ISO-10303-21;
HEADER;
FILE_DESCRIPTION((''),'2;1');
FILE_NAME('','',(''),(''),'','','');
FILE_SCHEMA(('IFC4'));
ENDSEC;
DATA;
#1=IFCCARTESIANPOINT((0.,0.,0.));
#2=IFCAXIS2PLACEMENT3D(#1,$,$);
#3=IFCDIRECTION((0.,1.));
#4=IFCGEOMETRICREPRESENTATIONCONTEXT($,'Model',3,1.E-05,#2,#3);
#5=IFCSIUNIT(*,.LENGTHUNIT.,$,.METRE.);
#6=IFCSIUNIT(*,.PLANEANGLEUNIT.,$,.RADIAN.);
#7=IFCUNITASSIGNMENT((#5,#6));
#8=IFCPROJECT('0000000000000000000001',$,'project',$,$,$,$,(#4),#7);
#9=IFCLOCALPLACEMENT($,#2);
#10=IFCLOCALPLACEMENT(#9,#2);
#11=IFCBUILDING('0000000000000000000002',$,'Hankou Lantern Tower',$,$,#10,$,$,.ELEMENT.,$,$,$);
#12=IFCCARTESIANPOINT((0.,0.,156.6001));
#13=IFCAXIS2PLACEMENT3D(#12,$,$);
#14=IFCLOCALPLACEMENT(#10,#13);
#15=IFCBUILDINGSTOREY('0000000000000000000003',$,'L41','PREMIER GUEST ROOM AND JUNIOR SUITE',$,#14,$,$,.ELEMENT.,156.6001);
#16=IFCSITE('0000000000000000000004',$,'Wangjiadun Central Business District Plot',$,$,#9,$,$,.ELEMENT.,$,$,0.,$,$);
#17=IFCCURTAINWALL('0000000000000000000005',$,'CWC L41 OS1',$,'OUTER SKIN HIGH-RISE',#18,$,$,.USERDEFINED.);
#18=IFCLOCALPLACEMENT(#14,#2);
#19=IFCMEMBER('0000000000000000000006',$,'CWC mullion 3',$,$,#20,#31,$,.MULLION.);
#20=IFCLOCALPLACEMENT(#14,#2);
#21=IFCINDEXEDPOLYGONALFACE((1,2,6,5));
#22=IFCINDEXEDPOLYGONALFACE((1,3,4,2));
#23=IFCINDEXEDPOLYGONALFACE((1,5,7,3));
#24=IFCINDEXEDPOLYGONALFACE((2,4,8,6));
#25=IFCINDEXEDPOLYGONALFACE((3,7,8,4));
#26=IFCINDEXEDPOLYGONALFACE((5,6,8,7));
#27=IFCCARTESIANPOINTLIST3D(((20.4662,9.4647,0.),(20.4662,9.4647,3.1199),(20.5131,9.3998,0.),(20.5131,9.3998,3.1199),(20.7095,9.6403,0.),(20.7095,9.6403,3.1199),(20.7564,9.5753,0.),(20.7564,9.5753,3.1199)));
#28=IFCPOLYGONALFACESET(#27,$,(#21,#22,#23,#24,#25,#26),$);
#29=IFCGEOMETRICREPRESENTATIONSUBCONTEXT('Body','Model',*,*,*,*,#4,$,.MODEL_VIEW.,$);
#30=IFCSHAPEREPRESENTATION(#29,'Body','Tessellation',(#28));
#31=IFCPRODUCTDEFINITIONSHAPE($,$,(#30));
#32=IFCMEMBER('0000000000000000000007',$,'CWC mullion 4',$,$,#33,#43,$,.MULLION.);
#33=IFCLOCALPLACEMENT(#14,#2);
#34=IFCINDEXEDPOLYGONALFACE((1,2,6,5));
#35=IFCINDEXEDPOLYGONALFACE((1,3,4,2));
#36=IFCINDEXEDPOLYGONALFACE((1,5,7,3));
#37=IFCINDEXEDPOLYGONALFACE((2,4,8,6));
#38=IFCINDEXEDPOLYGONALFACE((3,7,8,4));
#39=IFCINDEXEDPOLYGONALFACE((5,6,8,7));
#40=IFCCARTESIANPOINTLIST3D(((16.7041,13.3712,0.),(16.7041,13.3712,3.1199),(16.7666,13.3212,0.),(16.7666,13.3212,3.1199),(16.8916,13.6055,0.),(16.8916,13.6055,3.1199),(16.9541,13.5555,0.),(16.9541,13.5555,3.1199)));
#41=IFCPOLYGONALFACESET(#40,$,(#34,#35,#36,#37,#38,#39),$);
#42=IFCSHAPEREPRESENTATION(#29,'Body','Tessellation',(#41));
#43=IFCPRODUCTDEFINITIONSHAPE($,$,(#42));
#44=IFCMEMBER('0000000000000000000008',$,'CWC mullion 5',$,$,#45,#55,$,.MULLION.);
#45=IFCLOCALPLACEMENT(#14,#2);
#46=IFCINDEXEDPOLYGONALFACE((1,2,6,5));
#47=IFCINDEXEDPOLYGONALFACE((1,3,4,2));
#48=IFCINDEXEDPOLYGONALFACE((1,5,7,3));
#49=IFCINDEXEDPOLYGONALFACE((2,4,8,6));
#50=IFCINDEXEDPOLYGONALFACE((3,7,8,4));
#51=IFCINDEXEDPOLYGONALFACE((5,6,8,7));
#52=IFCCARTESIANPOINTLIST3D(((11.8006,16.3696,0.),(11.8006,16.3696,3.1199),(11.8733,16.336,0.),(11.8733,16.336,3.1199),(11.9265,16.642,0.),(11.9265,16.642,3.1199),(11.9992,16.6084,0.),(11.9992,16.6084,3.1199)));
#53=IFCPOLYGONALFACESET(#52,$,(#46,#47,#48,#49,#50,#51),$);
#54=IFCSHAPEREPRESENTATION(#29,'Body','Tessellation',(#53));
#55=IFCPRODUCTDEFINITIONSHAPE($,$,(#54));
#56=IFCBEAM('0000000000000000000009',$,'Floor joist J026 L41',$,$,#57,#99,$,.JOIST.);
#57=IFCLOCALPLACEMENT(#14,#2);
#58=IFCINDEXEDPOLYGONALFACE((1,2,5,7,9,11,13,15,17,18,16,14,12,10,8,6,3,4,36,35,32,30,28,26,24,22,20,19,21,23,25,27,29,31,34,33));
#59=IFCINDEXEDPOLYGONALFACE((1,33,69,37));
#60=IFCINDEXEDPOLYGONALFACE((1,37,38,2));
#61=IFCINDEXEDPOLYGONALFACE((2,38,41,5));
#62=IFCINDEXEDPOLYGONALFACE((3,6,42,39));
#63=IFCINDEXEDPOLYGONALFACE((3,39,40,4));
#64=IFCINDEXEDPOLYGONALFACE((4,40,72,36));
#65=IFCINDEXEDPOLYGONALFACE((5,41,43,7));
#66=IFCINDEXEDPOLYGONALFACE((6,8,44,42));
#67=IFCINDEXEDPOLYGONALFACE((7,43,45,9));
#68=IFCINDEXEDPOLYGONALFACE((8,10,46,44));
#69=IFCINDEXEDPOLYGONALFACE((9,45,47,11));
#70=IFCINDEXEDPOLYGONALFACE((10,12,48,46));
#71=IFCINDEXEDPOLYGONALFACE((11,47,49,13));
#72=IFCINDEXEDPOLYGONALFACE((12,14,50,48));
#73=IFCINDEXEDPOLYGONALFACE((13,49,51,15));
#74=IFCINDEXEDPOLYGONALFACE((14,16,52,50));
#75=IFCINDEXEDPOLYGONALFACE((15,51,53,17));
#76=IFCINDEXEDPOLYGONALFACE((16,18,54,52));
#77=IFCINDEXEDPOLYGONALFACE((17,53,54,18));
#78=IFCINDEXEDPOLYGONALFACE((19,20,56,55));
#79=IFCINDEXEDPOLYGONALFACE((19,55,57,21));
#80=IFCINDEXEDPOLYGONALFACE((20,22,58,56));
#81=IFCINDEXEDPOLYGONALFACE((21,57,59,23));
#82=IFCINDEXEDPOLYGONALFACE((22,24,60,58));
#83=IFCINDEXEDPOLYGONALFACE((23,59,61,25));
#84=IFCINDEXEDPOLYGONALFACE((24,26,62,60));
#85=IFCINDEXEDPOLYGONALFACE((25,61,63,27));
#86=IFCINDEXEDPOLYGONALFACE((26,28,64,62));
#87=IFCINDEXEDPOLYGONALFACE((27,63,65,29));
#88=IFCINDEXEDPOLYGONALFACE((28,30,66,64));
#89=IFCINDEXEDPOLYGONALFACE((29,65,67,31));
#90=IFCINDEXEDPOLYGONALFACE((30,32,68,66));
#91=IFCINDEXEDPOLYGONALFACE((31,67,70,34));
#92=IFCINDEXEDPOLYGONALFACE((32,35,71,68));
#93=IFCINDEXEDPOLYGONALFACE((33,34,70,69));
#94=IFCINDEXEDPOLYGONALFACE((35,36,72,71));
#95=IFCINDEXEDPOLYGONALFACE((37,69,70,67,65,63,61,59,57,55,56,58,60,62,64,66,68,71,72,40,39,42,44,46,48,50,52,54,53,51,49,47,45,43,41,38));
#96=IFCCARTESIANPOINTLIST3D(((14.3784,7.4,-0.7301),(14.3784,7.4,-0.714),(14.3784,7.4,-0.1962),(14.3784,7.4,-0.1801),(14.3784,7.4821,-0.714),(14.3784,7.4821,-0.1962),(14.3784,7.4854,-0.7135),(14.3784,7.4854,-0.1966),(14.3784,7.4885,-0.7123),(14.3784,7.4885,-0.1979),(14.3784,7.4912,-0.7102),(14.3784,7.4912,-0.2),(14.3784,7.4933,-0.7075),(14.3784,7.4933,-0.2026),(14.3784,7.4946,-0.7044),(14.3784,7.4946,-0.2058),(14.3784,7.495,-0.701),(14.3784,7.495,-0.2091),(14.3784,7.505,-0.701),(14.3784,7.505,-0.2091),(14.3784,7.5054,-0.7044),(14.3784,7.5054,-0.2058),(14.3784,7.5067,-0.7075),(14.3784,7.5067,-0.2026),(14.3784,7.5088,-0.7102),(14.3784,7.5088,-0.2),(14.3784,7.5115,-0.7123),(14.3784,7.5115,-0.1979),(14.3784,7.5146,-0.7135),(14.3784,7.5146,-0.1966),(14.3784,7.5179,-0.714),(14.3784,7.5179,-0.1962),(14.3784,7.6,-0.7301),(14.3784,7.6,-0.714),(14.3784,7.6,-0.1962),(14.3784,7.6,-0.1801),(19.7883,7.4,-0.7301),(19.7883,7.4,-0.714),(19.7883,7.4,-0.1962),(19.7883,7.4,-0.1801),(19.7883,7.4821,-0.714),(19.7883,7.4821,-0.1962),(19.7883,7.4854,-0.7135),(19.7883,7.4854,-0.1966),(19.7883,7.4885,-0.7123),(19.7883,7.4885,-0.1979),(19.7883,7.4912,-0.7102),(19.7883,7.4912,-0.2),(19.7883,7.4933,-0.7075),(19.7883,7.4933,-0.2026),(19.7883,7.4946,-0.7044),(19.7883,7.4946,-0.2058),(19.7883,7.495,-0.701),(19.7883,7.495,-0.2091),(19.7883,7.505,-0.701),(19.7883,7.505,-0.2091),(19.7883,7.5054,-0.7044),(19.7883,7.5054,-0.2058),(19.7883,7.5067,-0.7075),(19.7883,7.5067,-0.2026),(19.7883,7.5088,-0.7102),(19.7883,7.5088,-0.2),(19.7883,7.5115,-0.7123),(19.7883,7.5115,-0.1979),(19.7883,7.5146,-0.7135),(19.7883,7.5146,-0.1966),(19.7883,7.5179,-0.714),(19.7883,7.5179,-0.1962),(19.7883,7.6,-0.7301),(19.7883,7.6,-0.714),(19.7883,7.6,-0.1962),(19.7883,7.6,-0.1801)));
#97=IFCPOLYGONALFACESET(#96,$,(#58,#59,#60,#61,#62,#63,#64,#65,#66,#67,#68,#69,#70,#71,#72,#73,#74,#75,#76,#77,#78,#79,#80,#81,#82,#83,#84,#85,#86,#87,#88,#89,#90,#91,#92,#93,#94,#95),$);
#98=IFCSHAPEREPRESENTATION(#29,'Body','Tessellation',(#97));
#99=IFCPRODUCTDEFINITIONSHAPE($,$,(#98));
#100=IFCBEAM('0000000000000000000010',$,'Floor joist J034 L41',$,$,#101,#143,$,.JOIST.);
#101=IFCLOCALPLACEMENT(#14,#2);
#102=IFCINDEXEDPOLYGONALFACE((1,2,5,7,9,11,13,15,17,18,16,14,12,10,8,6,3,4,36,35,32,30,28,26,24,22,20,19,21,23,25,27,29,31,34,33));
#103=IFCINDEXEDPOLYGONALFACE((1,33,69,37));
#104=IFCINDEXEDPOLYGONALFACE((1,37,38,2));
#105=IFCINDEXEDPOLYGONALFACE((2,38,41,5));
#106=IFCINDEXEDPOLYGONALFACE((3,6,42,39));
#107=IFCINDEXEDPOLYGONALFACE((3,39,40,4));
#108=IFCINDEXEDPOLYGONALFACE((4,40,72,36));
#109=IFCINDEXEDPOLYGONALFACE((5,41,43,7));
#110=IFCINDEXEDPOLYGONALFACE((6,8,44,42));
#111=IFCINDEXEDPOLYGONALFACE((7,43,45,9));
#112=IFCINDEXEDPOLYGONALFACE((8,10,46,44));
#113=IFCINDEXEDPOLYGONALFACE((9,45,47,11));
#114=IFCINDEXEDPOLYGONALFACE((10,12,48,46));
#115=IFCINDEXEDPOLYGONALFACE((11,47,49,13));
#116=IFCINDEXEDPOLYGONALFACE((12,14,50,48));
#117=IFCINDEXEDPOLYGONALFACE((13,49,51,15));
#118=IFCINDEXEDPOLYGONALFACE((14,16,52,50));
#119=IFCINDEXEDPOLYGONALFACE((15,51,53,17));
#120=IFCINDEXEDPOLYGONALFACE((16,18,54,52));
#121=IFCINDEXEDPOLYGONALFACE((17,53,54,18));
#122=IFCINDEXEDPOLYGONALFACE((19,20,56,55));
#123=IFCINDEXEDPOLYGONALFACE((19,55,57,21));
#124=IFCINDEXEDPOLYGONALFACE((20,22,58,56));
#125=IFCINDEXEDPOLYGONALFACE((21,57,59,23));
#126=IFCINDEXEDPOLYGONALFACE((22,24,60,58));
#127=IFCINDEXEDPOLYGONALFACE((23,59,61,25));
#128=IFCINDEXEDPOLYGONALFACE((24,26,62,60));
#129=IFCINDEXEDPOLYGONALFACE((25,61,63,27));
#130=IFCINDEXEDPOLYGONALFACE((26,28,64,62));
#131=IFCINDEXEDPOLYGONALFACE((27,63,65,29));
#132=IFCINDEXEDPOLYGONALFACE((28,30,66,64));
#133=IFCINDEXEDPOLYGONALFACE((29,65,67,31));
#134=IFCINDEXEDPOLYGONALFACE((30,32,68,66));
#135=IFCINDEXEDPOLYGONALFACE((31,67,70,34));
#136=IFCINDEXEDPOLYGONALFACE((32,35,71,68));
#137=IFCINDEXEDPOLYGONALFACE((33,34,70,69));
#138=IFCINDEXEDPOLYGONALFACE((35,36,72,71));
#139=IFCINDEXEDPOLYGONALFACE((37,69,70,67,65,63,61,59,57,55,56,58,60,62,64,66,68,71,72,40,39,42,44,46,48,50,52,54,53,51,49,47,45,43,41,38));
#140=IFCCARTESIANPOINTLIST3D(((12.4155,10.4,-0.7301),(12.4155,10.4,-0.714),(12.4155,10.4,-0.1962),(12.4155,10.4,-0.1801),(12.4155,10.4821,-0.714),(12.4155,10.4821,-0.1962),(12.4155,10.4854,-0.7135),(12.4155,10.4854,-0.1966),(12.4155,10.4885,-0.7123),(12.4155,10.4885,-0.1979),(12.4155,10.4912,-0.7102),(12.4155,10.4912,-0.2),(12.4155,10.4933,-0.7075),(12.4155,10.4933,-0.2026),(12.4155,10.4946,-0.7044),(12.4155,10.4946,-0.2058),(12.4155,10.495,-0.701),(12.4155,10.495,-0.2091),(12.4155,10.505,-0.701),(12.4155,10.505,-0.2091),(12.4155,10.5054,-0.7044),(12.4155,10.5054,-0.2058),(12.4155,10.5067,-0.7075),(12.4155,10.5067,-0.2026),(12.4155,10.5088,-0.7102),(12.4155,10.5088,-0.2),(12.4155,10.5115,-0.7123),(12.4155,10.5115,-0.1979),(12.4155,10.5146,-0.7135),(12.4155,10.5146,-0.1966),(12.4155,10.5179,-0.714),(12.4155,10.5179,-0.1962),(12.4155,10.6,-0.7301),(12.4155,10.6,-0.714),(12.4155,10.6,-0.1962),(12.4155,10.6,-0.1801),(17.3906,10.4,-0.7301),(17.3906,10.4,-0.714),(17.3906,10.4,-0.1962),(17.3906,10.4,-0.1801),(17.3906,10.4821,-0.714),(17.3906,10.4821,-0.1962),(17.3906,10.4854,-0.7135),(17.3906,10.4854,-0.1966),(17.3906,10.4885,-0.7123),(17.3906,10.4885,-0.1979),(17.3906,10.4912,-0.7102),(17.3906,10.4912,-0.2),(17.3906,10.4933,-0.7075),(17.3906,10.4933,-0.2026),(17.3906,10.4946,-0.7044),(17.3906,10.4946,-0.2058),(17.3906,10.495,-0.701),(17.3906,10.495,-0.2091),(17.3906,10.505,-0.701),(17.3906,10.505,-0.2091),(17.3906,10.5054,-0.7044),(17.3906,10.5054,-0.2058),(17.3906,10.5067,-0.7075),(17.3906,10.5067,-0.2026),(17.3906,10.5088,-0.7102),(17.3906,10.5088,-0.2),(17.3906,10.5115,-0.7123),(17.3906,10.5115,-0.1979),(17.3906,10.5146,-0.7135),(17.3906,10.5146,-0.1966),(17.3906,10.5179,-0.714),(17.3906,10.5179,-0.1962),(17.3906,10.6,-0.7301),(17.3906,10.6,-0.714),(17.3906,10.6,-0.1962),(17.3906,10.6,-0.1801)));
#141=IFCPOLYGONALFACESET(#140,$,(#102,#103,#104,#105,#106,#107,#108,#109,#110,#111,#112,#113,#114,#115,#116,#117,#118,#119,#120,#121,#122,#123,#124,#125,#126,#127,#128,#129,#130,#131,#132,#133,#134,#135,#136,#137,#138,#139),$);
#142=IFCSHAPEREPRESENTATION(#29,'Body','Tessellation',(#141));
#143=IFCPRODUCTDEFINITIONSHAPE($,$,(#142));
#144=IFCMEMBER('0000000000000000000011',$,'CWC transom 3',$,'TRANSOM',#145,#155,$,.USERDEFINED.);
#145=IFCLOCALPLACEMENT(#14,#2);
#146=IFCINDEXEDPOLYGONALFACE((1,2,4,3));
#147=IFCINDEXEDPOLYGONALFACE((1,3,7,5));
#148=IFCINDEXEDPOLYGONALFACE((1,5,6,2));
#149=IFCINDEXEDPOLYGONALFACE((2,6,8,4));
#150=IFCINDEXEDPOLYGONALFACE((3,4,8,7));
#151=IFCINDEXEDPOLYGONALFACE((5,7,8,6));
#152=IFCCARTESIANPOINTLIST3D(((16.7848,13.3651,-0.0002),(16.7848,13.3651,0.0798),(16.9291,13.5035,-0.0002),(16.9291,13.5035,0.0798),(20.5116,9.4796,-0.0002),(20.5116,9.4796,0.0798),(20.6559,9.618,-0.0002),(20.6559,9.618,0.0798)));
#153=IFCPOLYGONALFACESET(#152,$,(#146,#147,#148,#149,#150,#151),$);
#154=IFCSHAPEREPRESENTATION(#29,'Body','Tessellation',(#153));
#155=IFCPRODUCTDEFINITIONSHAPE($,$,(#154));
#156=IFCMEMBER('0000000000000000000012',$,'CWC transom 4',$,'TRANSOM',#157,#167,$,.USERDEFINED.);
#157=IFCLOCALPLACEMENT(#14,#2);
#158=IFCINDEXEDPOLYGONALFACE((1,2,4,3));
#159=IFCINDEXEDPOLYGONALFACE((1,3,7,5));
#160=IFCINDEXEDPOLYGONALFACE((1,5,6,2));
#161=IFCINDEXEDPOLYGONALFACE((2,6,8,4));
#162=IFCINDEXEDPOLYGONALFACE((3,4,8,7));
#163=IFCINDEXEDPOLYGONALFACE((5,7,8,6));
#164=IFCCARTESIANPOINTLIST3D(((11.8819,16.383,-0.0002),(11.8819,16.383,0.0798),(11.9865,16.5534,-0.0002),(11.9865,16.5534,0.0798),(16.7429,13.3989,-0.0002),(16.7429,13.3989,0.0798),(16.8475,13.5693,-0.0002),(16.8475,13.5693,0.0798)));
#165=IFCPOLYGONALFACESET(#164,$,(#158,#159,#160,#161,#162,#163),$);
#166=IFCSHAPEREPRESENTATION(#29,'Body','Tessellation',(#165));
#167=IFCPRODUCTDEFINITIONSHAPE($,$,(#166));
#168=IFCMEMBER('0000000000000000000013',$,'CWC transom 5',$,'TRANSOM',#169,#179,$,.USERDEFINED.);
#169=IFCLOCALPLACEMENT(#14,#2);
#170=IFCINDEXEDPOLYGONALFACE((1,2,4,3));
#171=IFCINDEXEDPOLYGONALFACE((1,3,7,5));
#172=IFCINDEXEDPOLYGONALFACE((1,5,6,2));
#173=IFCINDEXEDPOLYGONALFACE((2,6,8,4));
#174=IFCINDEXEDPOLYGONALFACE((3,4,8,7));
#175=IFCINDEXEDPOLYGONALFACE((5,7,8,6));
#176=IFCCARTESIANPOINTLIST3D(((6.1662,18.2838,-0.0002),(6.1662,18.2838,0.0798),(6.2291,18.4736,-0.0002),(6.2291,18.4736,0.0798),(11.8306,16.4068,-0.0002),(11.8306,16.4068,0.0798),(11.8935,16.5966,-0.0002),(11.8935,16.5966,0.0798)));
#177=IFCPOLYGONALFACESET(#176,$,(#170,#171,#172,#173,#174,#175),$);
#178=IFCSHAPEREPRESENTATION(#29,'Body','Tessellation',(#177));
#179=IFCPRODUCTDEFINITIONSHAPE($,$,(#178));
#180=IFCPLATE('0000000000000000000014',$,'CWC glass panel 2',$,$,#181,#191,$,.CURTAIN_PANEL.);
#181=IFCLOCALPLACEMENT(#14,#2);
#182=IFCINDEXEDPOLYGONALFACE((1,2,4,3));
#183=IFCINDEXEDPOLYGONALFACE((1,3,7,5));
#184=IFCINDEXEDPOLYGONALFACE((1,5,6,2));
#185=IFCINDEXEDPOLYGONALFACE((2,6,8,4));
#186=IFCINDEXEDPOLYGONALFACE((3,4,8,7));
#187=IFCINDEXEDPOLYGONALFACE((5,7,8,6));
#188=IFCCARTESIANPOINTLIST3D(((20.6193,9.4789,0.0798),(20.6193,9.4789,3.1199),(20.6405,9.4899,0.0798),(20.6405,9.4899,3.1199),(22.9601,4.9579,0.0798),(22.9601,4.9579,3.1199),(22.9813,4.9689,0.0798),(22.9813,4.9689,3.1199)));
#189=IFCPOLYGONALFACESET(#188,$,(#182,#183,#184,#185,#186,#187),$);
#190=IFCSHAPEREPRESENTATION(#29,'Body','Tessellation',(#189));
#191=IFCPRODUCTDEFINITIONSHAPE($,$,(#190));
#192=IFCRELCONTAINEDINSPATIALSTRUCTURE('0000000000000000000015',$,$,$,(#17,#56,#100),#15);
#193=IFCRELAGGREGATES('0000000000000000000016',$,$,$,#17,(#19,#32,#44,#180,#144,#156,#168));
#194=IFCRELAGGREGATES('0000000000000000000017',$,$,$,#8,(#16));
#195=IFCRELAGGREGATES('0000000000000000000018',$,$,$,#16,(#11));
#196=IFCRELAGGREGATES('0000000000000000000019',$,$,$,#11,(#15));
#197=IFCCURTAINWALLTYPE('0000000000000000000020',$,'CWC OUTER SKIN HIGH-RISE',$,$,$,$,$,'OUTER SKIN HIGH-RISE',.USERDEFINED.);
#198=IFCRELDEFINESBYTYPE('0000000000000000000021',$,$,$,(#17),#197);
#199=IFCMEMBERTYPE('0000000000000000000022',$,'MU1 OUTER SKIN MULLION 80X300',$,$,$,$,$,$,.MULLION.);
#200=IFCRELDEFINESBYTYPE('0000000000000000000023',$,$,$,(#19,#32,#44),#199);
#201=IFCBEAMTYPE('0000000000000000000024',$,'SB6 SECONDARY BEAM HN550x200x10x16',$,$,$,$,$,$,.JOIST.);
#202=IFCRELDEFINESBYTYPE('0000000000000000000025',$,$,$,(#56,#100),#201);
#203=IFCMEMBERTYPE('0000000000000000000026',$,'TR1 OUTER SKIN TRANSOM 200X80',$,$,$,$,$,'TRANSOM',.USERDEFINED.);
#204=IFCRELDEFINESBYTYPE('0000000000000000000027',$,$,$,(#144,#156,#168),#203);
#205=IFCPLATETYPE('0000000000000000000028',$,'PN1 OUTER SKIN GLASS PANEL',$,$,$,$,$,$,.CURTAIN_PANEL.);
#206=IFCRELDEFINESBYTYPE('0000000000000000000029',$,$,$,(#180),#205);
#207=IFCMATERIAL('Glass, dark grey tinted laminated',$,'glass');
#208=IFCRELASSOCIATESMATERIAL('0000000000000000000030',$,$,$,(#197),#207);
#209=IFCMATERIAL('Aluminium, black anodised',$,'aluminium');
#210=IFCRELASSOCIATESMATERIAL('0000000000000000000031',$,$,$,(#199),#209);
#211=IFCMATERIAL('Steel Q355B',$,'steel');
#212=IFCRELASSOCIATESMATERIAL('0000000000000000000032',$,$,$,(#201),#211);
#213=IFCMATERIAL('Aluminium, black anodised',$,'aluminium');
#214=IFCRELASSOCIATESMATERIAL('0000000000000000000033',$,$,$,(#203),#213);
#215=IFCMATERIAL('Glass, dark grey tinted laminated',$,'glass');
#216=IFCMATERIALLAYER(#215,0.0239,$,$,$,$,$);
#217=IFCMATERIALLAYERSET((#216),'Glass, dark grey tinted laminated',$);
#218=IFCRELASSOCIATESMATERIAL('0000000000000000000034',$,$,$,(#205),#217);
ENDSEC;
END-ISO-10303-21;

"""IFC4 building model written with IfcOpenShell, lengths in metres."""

from ifc_helpers import new_model, si_unit, direction, frame, origin, origin_2d, place, context, subcontext, project, spatial, rectangle, i_section, extrude, material, layer, layer_set, material_profile, profile_set, type_object, element, aggregate, save


model = new_model("IFC4")

# Units and contexts
model_context = context("Model", 3, precision=1e-05, world=origin(), true_north=direction((0.0, 1.0)))
body_context = subcontext(model_context, "Body", "Model", "MODEL_VIEW")
ifc_project = project(units=[si_unit("LENGTHUNIT", "METRE"), si_unit("PLANEANGLEUNIT", "RADIAN")], contexts=[model_context])

# Site, building, storey
site_placement = place(None, origin())
site = spatial("IfcSite", under=ifc_project, at=site_placement, Name="Wangjiadun Central Business District Plot", CompositionType="ELEMENT", RefElevation=0.0)
building_placement = place(site_placement, origin())
building = spatial("IfcBuilding", under=site, at=building_placement, Name="Hankou Lantern Tower", CompositionType="ELEMENT")
storey_placement = place(building_placement, frame((0.0, 0.0, 156.6001)))
storey = spatial("IfcBuildingStorey", under=building, at=storey_placement, Name="L41", Description="PREMIER GUEST ROOM AND JUNIOR SUITE", CompositionType="ELEMENT", Elevation=156.6001)

# Curtain wall, members
ifc_material_1 = material(Name="Glass, dark grey tinted laminated", Category="glass")
curtain_wall_type = type_object("IfcCurtainWallType", Name="CWC OUTER SKIN HIGH-RISE", ElementType="OUTER SKIN HIGH-RISE", PredefinedType="USERDEFINED", material=ifc_material_1)
curtain_wall_placement = place(storey_placement, origin())
curtain_wall = element("IfcCurtainWall", 1, at=curtain_wall_placement, inside=storey, type_object=curtain_wall_type, Name="CWC L41 OS1", ObjectType="OUTER SKIN HIGH-RISE", PredefinedType="USERDEFINED")
ifc_material_2 = material(Name="Aluminium, black anodised", Category="aluminium")
ifc_material_profile_1 = material_profile(ifc_material_2, rectangle(XDim=0.0801, YDim=0.3, at=origin_2d()), Name="MU1 80X300")
ifc_profile_set_1 = profile_set([ifc_material_profile_1], Name="Aluminium, black anodised")
member_type_1 = type_object("IfcMemberType", Name="MU1 OUTER SKIN MULLION 80X300", PredefinedType="MULLION", material=ifc_profile_set_1)
member_1_placement = place(storey_placement, frame((20.6113, 9.52, 0.0), z_axis=(0.0, 0.0, 1.0), x_axis=(-0.585206, 0.810885, 0.0)))
member_1 = element("IfcMember", 2, at=member_1_placement, type_object=member_type_1, Name="CWC mullion 3", PredefinedType="MULLION", context=body_context, shape_type="SweptSolid", body=[
    extrude(rectangle(XDim=0.0801, YDim=0.3, at=origin_2d()), origin(), (0.0, 0.0, 1.0), 3.1199),
])
member_2_placement = place(storey_placement, frame((16.8291, 13.4634, 0.0), z_axis=(0.0, 0.0, 1.0), x_axis=(-0.780869, 0.624695, 0.0)))
member_2 = element("IfcMember", 3, at=member_2_placement, type_object=member_type_1, Name="CWC mullion 4", PredefinedType="MULLION", context=body_context, shape_type="SweptSolid", body=[
    extrude(rectangle(XDim=0.0801, YDim=0.3, at=origin_2d()), origin(), (0.0, 0.0, 1.0), 3.1199),
])
member_3_placement = place(storey_placement, frame((11.8999, 16.489, 0.0), z_axis=(0.0, 0.0, 1.0), x_axis=(-0.907841, 0.419314, 0.0)))
member_3 = element("IfcMember", 4, at=member_3_placement, type_object=member_type_1, Name="CWC mullion 5", PredefinedType="MULLION", context=body_context, shape_type="SweptSolid", body=[
    extrude(rectangle(XDim=0.0801, YDim=0.3, at=origin_2d()), origin(), (0.0, 0.0, 1.0), 3.1199),
])

# Beams
ifc_material_3 = material(Name="Steel Q355B", Category="steel")
ifc_material_profile_2 = material_profile(ifc_material_3, i_section(OverallWidth=0.2, OverallDepth=0.55, WebThickness=0.01, FlangeThickness=0.0161, FilletRadius=0.0129, at=origin_2d()), Name="HN550x200x10x16")
ifc_profile_set_2 = profile_set([ifc_material_profile_2], Name="Steel Q355B")
beam_type_1 = type_object("IfcBeamType", Name="SB6 SECONDARY BEAM HN550x200x10x16", PredefinedType="JOIST", material=ifc_profile_set_2)
beam_1_placement = place(storey_placement, frame((14.3784, 7.5, -0.4551), z_axis=(1.0, 0.0, 0.0), x_axis=(0.0, 1.0, 0.0)))
element("IfcBeam", 5, at=beam_1_placement, inside=storey, type_object=beam_type_1, Name="Floor joist J026 L41", PredefinedType="JOIST", context=body_context, shape_type="SweptSolid", body=[
    extrude(i_section(OverallWidth=0.2, OverallDepth=0.55, WebThickness=0.01, FlangeThickness=0.0161, FilletRadius=0.0129, at=origin_2d()), origin(), (0.0, 0.0, 1.0), 5.4099),
])
beam_2_placement = place(storey_placement, frame((12.4155, 10.5, -0.4551), z_axis=(1.0, 0.0, 0.0), x_axis=(0.0, 1.0, 0.0)))
element("IfcBeam", 6, at=beam_2_placement, inside=storey, type_object=beam_type_1, Name="Floor joist J034 L41", PredefinedType="JOIST", context=body_context, shape_type="SweptSolid", body=[
    extrude(i_section(OverallWidth=0.2, OverallDepth=0.55, WebThickness=0.01, FlangeThickness=0.0161, FilletRadius=0.0129, at=origin_2d()), origin(), (0.0, 0.0, 1.0), 4.9751),
])

# Members
ifc_material_4 = material(Name="Aluminium, black anodised", Category="aluminium")
ifc_material_profile_3 = material_profile(ifc_material_4, rectangle(XDim=0.2, YDim=0.0801, at=origin_2d()), Name="TR1 200X80")
ifc_profile_set_3 = profile_set([ifc_material_profile_3], Name="Aluminium, black anodised")
member_type_2 = type_object("IfcMemberType", Name="TR1 OUTER SKIN TRANSOM 200X80", ElementType="TRANSOM", PredefinedType="USERDEFINED", material=ifc_profile_set_3)
member_4_placement = place(storey_placement, frame((20.5837, 9.5488, 0.0398), z_axis=(-0.692216, 0.721691, 0.0), x_axis=(-0.721691, -0.692216, 0.0)))
member_4 = element("IfcMember", 7, at=member_4_placement, type_object=member_type_2, Name="CWC transom 3", ObjectType="TRANSOM", PredefinedType="USERDEFINED", context=body_context, shape_type="SweptSolid", body=[
    extrude(rectangle(XDim=0.2, YDim=0.0801, at=origin_2d()), origin(), (0.0, 0.0, 1.0), 5.3838),
])
member_5_placement = place(storey_placement, frame((16.7952, 13.4841, 0.0398), z_axis=(-0.852229, 0.523168, 0.0), x_axis=(-0.523168, -0.852229, 0.0)))
member_5 = element("IfcMember", 8, at=member_5_placement, type_object=member_type_2, Name="CWC transom 4", ObjectType="TRANSOM", PredefinedType="USERDEFINED", context=body_context, shape_type="SweptSolid", body=[
    extrude(rectangle(XDim=0.2, YDim=0.0801, at=origin_2d()), origin(), (0.0, 0.0, 1.0), 5.7039),
])
member_6_placement = place(storey_placement, frame((11.8621, 16.5017, 0.0398), z_axis=(-0.949242, 0.314546, 0.0), x_axis=(-0.314546, -0.949242, 0.0)))
member_6 = element("IfcMember", 9, at=member_6_placement, type_object=member_type_2, Name="CWC transom 5", ObjectType="TRANSOM", PredefinedType="USERDEFINED", context=body_context, shape_type="SweptSolid", body=[
    extrude(rectangle(XDim=0.2, YDim=0.0801, at=origin_2d()), origin(), (0.0, 0.0, 1.0), 5.9673),
])

# Plate
ifc_material_5 = material(Name="Glass, dark grey tinted laminated", Category="glass")
ifc_layer_1 = layer(ifc_material_5, 0.0239)
ifc_layer_set_1 = layer_set([ifc_layer_1], Name="Glass, dark grey tinted laminated")
plate_type = type_object("IfcPlateType", Name="PN1 OUTER SKIN GLASS PANEL", PredefinedType="CURTAIN_PANEL", material=ifc_layer_set_1)
plate_1_placement = place(storey_placement, frame((21.8003, 7.2239, 0.0798), z_axis=(0.0, 0.0, 1.0), x_axis=(-0.459791, 0.888027, 0.0)))
plate_1 = element("IfcPlate", 10, at=plate_1_placement, type_object=plate_type, Name="CWC glass panel 2", PredefinedType="CURTAIN_PANEL", context=body_context, shape_type="SweptSolid", body=[
    extrude(rectangle(XDim=5.0911, YDim=0.0239, at=origin_2d()), origin(), (0.0, 0.0, 1.0), 3.04),
])
aggregate(curtain_wall, [member_1, member_2, member_3, plate_1, member_4, member_5, member_6])

save(model, "model.ifc")
